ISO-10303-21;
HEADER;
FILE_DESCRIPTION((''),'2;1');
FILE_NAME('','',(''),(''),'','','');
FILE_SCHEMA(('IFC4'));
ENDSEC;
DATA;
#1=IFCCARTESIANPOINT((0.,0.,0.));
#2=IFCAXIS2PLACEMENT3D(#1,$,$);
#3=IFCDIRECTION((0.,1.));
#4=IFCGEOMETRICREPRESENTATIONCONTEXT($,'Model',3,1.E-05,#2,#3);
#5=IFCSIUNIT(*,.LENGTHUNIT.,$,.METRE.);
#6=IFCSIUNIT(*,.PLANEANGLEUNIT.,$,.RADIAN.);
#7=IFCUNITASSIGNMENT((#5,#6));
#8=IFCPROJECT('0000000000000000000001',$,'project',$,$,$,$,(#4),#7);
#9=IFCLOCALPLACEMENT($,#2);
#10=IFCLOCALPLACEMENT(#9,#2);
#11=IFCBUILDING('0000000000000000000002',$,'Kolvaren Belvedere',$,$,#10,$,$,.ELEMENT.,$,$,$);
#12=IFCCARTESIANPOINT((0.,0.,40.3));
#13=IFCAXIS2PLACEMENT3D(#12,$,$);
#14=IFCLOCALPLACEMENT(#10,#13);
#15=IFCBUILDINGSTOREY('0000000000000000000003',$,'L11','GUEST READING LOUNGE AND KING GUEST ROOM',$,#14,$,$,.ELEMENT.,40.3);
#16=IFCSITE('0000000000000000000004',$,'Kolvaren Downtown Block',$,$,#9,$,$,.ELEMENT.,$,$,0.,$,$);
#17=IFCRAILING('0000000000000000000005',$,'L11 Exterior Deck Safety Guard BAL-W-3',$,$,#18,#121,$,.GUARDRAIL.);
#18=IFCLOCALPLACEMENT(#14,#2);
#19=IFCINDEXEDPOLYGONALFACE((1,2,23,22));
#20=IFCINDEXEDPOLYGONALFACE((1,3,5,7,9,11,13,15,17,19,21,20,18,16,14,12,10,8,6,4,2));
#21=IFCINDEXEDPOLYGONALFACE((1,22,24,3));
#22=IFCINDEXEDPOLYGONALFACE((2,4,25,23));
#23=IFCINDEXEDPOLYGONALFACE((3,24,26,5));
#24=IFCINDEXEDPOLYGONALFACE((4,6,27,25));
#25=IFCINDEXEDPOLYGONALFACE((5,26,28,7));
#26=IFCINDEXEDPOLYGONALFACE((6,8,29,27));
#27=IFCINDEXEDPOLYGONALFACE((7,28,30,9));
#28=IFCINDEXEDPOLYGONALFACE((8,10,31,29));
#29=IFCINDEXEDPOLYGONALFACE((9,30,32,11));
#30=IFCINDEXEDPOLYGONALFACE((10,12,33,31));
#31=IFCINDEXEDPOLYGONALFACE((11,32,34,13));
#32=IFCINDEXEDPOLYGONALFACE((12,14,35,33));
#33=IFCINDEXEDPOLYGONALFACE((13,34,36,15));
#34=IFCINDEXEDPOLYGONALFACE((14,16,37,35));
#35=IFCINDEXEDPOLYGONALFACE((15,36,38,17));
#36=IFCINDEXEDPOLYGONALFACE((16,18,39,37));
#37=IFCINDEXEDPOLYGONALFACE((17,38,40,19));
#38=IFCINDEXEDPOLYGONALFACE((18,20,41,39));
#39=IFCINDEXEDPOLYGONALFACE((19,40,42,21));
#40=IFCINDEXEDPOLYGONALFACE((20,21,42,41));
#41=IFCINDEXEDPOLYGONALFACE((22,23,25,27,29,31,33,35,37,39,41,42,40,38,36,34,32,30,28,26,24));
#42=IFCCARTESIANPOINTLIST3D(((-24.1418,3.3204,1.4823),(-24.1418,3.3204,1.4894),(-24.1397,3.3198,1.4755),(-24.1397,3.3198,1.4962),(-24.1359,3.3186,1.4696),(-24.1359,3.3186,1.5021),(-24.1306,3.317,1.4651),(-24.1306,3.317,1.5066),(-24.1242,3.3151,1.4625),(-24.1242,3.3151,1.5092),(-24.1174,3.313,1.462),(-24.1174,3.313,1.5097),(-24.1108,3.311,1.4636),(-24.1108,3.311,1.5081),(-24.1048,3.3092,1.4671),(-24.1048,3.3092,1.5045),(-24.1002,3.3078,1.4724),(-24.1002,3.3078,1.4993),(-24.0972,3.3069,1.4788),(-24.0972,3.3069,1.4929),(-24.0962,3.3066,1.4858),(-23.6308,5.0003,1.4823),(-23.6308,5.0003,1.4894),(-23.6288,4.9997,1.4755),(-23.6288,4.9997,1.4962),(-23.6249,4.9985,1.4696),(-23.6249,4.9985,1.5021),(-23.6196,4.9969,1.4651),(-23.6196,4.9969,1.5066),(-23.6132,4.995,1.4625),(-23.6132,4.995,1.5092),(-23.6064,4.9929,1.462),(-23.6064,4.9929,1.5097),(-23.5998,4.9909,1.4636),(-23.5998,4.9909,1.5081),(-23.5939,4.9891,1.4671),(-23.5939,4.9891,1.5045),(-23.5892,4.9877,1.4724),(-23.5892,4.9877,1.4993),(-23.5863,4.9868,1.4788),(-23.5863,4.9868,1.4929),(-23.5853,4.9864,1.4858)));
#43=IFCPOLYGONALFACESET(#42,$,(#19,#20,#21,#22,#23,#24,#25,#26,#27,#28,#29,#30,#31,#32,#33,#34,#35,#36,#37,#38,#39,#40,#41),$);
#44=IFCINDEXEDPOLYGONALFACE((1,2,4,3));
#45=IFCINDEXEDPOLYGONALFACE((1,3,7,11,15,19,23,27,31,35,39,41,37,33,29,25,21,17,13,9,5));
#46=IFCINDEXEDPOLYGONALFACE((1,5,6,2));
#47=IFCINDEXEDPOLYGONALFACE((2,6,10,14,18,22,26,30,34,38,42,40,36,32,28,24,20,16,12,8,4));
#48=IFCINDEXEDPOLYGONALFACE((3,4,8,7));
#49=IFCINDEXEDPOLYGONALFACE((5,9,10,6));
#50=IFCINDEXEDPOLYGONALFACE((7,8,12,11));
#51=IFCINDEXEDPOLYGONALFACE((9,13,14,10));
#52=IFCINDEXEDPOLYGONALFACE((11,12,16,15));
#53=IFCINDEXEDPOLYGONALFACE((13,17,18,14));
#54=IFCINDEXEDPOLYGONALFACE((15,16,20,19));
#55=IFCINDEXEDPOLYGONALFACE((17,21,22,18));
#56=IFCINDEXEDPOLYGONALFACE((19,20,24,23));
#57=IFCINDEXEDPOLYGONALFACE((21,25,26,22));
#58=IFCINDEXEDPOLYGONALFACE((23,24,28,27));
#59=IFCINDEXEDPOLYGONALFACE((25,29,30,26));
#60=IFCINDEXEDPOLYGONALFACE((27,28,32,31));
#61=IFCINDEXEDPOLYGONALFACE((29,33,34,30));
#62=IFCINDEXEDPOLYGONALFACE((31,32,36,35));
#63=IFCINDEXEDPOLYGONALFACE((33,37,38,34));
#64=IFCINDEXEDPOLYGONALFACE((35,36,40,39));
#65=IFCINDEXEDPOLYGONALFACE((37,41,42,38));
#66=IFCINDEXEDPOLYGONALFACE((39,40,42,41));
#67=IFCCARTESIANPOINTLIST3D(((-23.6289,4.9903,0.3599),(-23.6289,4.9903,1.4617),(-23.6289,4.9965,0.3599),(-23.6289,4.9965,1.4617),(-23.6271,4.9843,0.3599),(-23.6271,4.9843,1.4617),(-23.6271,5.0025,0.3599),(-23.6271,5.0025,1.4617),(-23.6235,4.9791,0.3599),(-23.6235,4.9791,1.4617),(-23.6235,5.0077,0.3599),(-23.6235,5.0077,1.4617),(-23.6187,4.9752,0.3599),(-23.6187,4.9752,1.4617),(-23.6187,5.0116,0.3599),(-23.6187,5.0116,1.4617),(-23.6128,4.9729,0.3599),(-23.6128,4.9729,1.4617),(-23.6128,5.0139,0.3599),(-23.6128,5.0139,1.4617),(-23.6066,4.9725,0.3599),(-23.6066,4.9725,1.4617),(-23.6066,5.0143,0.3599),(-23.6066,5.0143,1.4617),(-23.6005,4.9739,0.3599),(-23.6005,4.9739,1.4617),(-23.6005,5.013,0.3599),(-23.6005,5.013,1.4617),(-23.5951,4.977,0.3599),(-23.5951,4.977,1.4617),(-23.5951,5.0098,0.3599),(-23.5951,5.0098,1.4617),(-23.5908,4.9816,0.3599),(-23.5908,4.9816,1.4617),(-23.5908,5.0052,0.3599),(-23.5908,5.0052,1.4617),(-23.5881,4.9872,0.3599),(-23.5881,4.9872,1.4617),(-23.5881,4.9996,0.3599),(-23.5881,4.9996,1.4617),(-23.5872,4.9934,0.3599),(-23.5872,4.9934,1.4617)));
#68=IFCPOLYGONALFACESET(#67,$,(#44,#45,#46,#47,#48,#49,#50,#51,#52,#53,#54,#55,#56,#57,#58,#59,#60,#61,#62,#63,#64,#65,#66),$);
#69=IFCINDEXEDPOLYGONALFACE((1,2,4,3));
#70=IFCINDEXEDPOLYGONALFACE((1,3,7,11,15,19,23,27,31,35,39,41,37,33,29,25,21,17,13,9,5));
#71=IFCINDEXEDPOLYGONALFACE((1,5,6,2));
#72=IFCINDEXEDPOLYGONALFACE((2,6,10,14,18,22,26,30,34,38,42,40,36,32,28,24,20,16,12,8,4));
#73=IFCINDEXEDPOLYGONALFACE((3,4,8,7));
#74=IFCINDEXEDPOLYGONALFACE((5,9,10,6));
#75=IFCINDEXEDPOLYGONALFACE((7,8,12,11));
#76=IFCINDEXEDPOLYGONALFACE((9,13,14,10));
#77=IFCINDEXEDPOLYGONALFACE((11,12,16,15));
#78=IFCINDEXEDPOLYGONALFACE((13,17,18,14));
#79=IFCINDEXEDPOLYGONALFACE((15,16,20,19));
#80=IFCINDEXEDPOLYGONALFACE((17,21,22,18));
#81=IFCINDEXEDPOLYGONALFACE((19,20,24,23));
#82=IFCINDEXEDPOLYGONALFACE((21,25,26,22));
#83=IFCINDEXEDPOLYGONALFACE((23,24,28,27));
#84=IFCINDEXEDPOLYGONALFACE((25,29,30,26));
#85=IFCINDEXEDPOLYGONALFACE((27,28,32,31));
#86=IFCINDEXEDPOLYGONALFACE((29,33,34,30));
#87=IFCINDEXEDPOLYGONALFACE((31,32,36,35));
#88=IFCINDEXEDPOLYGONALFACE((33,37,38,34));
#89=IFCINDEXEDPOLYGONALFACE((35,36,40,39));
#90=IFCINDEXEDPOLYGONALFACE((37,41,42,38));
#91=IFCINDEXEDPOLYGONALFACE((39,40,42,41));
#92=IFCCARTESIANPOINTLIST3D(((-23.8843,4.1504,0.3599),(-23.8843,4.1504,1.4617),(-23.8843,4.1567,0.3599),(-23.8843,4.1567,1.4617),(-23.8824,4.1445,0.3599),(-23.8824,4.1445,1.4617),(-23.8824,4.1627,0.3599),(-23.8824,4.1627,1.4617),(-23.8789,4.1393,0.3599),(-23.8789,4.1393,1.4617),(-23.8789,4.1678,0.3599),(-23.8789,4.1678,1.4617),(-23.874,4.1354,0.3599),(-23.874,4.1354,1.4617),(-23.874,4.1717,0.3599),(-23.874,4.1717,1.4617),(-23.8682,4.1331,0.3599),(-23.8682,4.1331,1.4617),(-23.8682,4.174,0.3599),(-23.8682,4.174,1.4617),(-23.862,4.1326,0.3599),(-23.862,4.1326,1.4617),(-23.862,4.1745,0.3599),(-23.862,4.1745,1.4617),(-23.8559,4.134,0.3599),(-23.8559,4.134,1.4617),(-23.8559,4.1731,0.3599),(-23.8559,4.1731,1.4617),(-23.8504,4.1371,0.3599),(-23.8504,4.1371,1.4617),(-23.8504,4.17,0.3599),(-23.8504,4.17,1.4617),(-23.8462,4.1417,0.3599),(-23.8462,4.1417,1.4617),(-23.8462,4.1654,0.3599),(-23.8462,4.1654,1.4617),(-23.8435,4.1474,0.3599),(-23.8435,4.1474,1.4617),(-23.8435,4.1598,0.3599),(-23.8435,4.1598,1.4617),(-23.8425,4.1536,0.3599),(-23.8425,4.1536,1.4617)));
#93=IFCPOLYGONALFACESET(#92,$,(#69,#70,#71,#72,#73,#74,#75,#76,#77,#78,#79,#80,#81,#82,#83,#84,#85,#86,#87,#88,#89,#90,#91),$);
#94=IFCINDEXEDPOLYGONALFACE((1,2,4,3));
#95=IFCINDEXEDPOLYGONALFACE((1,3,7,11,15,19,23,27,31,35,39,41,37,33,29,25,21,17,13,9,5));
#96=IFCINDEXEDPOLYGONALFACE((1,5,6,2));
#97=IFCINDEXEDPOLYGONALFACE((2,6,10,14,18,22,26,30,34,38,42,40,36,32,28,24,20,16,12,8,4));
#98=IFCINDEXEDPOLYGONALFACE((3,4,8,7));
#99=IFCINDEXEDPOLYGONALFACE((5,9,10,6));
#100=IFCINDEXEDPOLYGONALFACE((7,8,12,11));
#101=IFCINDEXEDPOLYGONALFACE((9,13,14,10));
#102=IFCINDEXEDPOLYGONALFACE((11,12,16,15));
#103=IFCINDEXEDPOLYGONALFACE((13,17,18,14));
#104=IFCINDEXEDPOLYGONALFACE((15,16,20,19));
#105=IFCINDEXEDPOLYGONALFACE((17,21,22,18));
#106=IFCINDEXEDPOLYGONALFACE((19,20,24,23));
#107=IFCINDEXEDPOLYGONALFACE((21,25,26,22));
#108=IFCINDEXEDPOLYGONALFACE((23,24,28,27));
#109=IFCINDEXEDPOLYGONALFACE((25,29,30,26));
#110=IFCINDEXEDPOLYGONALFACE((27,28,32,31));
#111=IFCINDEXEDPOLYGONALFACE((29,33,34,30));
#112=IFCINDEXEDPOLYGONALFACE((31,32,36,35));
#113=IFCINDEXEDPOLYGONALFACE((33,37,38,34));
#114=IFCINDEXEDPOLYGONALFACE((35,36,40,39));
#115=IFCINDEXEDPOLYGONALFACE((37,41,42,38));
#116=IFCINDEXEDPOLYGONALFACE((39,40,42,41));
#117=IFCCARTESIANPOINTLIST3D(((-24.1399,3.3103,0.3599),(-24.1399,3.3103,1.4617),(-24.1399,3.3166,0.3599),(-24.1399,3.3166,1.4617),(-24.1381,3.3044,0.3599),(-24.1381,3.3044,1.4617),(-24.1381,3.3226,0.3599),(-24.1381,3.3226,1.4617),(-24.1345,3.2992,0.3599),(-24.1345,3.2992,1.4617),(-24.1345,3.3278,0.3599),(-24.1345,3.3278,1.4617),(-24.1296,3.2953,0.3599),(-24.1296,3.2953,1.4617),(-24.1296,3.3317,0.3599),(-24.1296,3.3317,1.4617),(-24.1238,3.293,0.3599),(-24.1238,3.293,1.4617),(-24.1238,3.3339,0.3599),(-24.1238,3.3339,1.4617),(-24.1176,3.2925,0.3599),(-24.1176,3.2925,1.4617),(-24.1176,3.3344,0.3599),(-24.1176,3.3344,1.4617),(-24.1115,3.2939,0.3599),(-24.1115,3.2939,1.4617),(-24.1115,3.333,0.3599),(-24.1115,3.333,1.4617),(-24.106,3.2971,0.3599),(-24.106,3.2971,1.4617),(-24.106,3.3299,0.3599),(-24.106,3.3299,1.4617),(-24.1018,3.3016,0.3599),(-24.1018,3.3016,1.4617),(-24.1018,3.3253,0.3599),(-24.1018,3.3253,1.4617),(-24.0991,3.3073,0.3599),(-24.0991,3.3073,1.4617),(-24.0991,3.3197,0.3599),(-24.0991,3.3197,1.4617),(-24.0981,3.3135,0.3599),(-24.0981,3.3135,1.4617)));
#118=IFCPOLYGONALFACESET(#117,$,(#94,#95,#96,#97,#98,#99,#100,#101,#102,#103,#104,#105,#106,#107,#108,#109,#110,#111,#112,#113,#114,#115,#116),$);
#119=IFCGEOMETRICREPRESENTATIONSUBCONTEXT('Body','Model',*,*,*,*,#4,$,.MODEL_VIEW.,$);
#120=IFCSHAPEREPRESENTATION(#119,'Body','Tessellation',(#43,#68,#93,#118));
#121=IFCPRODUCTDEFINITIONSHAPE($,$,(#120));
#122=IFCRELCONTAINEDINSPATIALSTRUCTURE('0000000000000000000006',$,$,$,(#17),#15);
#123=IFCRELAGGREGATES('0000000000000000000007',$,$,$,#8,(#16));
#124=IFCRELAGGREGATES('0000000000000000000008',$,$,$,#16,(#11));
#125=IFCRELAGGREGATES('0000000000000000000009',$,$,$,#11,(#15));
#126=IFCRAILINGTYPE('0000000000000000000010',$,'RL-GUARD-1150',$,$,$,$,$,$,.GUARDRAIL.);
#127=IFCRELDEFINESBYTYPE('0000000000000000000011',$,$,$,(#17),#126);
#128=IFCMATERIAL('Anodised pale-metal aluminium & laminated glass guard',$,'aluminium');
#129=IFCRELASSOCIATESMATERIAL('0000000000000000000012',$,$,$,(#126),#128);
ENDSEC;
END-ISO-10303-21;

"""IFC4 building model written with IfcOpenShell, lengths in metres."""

from ifc_helpers import new_model, si_unit, direction, frame, origin, origin_2d, place, context, subcontext, project, spatial, circle, extrude, material, type_object, element, save


model = new_model("IFC4")

# Units and contexts
model_context = context("Model", 3, precision=1e-05, world=origin(), true_north=direction((0.0, 1.0)))
body_context = subcontext(model_context, "Body", "Model", "MODEL_VIEW")
ifc_project = project(units=[si_unit("LENGTHUNIT", "METRE"), si_unit("PLANEANGLEUNIT", "RADIAN")], contexts=[model_context])

# Site, building, storey
site_placement = place(None, origin())
site = spatial("IfcSite", under=ifc_project, at=site_placement, Name="Kolvaren Downtown Block", CompositionType="ELEMENT", RefElevation=0.0)
building_placement = place(site_placement, origin())
building = spatial("IfcBuilding", under=site, at=building_placement, Name="Kolvaren Belvedere", CompositionType="ELEMENT")
storey_placement = place(building_placement, frame((0.0, 0.0, 40.3)))
storey = spatial("IfcBuildingStorey", under=building, at=storey_placement, Name="L11", Description="GUEST READING LOUNGE AND KING GUEST ROOM", CompositionType="ELEMENT", Elevation=40.3)

# Railing
ifc_material_1 = material(Name="Anodised pale-metal aluminium & laminated glass guard", Category="aluminium")
railing_type = type_object("IfcRailingType", Name="RL-GUARD-1150", PredefinedType="GUARDRAIL", material=ifc_material_1)
railing_1_placement = place(storey_placement, frame((-23.6082, 4.9934, 0.3599)))
element("IfcRailing", 1, at=railing_1_placement, inside=storey, type_object=railing_type, Name="L11 Exterior Deck Safety Guard BAL-W-3", PredefinedType="GUARDRAIL", context=body_context, shape_type="SweptSolid", body=[
    extrude(circle(Radius=0.0239, at=origin_2d()), frame((0.0, 0.0, 1.126), z_axis=(-0.291007, -0.956721, 0.0), x_axis=(0.956721, -0.291007, 0.0)), (0.0, 0.0, 1.0), 1.7559),
    extrude(circle(Radius=0.021, at=origin_2d()), origin(), (0.0, 0.0, 1.0), 1.1018),
    extrude(circle(Radius=0.021, at=origin_2d()), frame((-0.2554, -0.8398, 0.0)), (0.0, 0.0, 1.0), 1.1018),
    extrude(circle(Radius=0.021, at=origin_2d()), frame((-0.511, -1.6799, 0.0)), (0.0, 0.0, 1.0), 1.1018),
])

save(model, "model.ifc")
